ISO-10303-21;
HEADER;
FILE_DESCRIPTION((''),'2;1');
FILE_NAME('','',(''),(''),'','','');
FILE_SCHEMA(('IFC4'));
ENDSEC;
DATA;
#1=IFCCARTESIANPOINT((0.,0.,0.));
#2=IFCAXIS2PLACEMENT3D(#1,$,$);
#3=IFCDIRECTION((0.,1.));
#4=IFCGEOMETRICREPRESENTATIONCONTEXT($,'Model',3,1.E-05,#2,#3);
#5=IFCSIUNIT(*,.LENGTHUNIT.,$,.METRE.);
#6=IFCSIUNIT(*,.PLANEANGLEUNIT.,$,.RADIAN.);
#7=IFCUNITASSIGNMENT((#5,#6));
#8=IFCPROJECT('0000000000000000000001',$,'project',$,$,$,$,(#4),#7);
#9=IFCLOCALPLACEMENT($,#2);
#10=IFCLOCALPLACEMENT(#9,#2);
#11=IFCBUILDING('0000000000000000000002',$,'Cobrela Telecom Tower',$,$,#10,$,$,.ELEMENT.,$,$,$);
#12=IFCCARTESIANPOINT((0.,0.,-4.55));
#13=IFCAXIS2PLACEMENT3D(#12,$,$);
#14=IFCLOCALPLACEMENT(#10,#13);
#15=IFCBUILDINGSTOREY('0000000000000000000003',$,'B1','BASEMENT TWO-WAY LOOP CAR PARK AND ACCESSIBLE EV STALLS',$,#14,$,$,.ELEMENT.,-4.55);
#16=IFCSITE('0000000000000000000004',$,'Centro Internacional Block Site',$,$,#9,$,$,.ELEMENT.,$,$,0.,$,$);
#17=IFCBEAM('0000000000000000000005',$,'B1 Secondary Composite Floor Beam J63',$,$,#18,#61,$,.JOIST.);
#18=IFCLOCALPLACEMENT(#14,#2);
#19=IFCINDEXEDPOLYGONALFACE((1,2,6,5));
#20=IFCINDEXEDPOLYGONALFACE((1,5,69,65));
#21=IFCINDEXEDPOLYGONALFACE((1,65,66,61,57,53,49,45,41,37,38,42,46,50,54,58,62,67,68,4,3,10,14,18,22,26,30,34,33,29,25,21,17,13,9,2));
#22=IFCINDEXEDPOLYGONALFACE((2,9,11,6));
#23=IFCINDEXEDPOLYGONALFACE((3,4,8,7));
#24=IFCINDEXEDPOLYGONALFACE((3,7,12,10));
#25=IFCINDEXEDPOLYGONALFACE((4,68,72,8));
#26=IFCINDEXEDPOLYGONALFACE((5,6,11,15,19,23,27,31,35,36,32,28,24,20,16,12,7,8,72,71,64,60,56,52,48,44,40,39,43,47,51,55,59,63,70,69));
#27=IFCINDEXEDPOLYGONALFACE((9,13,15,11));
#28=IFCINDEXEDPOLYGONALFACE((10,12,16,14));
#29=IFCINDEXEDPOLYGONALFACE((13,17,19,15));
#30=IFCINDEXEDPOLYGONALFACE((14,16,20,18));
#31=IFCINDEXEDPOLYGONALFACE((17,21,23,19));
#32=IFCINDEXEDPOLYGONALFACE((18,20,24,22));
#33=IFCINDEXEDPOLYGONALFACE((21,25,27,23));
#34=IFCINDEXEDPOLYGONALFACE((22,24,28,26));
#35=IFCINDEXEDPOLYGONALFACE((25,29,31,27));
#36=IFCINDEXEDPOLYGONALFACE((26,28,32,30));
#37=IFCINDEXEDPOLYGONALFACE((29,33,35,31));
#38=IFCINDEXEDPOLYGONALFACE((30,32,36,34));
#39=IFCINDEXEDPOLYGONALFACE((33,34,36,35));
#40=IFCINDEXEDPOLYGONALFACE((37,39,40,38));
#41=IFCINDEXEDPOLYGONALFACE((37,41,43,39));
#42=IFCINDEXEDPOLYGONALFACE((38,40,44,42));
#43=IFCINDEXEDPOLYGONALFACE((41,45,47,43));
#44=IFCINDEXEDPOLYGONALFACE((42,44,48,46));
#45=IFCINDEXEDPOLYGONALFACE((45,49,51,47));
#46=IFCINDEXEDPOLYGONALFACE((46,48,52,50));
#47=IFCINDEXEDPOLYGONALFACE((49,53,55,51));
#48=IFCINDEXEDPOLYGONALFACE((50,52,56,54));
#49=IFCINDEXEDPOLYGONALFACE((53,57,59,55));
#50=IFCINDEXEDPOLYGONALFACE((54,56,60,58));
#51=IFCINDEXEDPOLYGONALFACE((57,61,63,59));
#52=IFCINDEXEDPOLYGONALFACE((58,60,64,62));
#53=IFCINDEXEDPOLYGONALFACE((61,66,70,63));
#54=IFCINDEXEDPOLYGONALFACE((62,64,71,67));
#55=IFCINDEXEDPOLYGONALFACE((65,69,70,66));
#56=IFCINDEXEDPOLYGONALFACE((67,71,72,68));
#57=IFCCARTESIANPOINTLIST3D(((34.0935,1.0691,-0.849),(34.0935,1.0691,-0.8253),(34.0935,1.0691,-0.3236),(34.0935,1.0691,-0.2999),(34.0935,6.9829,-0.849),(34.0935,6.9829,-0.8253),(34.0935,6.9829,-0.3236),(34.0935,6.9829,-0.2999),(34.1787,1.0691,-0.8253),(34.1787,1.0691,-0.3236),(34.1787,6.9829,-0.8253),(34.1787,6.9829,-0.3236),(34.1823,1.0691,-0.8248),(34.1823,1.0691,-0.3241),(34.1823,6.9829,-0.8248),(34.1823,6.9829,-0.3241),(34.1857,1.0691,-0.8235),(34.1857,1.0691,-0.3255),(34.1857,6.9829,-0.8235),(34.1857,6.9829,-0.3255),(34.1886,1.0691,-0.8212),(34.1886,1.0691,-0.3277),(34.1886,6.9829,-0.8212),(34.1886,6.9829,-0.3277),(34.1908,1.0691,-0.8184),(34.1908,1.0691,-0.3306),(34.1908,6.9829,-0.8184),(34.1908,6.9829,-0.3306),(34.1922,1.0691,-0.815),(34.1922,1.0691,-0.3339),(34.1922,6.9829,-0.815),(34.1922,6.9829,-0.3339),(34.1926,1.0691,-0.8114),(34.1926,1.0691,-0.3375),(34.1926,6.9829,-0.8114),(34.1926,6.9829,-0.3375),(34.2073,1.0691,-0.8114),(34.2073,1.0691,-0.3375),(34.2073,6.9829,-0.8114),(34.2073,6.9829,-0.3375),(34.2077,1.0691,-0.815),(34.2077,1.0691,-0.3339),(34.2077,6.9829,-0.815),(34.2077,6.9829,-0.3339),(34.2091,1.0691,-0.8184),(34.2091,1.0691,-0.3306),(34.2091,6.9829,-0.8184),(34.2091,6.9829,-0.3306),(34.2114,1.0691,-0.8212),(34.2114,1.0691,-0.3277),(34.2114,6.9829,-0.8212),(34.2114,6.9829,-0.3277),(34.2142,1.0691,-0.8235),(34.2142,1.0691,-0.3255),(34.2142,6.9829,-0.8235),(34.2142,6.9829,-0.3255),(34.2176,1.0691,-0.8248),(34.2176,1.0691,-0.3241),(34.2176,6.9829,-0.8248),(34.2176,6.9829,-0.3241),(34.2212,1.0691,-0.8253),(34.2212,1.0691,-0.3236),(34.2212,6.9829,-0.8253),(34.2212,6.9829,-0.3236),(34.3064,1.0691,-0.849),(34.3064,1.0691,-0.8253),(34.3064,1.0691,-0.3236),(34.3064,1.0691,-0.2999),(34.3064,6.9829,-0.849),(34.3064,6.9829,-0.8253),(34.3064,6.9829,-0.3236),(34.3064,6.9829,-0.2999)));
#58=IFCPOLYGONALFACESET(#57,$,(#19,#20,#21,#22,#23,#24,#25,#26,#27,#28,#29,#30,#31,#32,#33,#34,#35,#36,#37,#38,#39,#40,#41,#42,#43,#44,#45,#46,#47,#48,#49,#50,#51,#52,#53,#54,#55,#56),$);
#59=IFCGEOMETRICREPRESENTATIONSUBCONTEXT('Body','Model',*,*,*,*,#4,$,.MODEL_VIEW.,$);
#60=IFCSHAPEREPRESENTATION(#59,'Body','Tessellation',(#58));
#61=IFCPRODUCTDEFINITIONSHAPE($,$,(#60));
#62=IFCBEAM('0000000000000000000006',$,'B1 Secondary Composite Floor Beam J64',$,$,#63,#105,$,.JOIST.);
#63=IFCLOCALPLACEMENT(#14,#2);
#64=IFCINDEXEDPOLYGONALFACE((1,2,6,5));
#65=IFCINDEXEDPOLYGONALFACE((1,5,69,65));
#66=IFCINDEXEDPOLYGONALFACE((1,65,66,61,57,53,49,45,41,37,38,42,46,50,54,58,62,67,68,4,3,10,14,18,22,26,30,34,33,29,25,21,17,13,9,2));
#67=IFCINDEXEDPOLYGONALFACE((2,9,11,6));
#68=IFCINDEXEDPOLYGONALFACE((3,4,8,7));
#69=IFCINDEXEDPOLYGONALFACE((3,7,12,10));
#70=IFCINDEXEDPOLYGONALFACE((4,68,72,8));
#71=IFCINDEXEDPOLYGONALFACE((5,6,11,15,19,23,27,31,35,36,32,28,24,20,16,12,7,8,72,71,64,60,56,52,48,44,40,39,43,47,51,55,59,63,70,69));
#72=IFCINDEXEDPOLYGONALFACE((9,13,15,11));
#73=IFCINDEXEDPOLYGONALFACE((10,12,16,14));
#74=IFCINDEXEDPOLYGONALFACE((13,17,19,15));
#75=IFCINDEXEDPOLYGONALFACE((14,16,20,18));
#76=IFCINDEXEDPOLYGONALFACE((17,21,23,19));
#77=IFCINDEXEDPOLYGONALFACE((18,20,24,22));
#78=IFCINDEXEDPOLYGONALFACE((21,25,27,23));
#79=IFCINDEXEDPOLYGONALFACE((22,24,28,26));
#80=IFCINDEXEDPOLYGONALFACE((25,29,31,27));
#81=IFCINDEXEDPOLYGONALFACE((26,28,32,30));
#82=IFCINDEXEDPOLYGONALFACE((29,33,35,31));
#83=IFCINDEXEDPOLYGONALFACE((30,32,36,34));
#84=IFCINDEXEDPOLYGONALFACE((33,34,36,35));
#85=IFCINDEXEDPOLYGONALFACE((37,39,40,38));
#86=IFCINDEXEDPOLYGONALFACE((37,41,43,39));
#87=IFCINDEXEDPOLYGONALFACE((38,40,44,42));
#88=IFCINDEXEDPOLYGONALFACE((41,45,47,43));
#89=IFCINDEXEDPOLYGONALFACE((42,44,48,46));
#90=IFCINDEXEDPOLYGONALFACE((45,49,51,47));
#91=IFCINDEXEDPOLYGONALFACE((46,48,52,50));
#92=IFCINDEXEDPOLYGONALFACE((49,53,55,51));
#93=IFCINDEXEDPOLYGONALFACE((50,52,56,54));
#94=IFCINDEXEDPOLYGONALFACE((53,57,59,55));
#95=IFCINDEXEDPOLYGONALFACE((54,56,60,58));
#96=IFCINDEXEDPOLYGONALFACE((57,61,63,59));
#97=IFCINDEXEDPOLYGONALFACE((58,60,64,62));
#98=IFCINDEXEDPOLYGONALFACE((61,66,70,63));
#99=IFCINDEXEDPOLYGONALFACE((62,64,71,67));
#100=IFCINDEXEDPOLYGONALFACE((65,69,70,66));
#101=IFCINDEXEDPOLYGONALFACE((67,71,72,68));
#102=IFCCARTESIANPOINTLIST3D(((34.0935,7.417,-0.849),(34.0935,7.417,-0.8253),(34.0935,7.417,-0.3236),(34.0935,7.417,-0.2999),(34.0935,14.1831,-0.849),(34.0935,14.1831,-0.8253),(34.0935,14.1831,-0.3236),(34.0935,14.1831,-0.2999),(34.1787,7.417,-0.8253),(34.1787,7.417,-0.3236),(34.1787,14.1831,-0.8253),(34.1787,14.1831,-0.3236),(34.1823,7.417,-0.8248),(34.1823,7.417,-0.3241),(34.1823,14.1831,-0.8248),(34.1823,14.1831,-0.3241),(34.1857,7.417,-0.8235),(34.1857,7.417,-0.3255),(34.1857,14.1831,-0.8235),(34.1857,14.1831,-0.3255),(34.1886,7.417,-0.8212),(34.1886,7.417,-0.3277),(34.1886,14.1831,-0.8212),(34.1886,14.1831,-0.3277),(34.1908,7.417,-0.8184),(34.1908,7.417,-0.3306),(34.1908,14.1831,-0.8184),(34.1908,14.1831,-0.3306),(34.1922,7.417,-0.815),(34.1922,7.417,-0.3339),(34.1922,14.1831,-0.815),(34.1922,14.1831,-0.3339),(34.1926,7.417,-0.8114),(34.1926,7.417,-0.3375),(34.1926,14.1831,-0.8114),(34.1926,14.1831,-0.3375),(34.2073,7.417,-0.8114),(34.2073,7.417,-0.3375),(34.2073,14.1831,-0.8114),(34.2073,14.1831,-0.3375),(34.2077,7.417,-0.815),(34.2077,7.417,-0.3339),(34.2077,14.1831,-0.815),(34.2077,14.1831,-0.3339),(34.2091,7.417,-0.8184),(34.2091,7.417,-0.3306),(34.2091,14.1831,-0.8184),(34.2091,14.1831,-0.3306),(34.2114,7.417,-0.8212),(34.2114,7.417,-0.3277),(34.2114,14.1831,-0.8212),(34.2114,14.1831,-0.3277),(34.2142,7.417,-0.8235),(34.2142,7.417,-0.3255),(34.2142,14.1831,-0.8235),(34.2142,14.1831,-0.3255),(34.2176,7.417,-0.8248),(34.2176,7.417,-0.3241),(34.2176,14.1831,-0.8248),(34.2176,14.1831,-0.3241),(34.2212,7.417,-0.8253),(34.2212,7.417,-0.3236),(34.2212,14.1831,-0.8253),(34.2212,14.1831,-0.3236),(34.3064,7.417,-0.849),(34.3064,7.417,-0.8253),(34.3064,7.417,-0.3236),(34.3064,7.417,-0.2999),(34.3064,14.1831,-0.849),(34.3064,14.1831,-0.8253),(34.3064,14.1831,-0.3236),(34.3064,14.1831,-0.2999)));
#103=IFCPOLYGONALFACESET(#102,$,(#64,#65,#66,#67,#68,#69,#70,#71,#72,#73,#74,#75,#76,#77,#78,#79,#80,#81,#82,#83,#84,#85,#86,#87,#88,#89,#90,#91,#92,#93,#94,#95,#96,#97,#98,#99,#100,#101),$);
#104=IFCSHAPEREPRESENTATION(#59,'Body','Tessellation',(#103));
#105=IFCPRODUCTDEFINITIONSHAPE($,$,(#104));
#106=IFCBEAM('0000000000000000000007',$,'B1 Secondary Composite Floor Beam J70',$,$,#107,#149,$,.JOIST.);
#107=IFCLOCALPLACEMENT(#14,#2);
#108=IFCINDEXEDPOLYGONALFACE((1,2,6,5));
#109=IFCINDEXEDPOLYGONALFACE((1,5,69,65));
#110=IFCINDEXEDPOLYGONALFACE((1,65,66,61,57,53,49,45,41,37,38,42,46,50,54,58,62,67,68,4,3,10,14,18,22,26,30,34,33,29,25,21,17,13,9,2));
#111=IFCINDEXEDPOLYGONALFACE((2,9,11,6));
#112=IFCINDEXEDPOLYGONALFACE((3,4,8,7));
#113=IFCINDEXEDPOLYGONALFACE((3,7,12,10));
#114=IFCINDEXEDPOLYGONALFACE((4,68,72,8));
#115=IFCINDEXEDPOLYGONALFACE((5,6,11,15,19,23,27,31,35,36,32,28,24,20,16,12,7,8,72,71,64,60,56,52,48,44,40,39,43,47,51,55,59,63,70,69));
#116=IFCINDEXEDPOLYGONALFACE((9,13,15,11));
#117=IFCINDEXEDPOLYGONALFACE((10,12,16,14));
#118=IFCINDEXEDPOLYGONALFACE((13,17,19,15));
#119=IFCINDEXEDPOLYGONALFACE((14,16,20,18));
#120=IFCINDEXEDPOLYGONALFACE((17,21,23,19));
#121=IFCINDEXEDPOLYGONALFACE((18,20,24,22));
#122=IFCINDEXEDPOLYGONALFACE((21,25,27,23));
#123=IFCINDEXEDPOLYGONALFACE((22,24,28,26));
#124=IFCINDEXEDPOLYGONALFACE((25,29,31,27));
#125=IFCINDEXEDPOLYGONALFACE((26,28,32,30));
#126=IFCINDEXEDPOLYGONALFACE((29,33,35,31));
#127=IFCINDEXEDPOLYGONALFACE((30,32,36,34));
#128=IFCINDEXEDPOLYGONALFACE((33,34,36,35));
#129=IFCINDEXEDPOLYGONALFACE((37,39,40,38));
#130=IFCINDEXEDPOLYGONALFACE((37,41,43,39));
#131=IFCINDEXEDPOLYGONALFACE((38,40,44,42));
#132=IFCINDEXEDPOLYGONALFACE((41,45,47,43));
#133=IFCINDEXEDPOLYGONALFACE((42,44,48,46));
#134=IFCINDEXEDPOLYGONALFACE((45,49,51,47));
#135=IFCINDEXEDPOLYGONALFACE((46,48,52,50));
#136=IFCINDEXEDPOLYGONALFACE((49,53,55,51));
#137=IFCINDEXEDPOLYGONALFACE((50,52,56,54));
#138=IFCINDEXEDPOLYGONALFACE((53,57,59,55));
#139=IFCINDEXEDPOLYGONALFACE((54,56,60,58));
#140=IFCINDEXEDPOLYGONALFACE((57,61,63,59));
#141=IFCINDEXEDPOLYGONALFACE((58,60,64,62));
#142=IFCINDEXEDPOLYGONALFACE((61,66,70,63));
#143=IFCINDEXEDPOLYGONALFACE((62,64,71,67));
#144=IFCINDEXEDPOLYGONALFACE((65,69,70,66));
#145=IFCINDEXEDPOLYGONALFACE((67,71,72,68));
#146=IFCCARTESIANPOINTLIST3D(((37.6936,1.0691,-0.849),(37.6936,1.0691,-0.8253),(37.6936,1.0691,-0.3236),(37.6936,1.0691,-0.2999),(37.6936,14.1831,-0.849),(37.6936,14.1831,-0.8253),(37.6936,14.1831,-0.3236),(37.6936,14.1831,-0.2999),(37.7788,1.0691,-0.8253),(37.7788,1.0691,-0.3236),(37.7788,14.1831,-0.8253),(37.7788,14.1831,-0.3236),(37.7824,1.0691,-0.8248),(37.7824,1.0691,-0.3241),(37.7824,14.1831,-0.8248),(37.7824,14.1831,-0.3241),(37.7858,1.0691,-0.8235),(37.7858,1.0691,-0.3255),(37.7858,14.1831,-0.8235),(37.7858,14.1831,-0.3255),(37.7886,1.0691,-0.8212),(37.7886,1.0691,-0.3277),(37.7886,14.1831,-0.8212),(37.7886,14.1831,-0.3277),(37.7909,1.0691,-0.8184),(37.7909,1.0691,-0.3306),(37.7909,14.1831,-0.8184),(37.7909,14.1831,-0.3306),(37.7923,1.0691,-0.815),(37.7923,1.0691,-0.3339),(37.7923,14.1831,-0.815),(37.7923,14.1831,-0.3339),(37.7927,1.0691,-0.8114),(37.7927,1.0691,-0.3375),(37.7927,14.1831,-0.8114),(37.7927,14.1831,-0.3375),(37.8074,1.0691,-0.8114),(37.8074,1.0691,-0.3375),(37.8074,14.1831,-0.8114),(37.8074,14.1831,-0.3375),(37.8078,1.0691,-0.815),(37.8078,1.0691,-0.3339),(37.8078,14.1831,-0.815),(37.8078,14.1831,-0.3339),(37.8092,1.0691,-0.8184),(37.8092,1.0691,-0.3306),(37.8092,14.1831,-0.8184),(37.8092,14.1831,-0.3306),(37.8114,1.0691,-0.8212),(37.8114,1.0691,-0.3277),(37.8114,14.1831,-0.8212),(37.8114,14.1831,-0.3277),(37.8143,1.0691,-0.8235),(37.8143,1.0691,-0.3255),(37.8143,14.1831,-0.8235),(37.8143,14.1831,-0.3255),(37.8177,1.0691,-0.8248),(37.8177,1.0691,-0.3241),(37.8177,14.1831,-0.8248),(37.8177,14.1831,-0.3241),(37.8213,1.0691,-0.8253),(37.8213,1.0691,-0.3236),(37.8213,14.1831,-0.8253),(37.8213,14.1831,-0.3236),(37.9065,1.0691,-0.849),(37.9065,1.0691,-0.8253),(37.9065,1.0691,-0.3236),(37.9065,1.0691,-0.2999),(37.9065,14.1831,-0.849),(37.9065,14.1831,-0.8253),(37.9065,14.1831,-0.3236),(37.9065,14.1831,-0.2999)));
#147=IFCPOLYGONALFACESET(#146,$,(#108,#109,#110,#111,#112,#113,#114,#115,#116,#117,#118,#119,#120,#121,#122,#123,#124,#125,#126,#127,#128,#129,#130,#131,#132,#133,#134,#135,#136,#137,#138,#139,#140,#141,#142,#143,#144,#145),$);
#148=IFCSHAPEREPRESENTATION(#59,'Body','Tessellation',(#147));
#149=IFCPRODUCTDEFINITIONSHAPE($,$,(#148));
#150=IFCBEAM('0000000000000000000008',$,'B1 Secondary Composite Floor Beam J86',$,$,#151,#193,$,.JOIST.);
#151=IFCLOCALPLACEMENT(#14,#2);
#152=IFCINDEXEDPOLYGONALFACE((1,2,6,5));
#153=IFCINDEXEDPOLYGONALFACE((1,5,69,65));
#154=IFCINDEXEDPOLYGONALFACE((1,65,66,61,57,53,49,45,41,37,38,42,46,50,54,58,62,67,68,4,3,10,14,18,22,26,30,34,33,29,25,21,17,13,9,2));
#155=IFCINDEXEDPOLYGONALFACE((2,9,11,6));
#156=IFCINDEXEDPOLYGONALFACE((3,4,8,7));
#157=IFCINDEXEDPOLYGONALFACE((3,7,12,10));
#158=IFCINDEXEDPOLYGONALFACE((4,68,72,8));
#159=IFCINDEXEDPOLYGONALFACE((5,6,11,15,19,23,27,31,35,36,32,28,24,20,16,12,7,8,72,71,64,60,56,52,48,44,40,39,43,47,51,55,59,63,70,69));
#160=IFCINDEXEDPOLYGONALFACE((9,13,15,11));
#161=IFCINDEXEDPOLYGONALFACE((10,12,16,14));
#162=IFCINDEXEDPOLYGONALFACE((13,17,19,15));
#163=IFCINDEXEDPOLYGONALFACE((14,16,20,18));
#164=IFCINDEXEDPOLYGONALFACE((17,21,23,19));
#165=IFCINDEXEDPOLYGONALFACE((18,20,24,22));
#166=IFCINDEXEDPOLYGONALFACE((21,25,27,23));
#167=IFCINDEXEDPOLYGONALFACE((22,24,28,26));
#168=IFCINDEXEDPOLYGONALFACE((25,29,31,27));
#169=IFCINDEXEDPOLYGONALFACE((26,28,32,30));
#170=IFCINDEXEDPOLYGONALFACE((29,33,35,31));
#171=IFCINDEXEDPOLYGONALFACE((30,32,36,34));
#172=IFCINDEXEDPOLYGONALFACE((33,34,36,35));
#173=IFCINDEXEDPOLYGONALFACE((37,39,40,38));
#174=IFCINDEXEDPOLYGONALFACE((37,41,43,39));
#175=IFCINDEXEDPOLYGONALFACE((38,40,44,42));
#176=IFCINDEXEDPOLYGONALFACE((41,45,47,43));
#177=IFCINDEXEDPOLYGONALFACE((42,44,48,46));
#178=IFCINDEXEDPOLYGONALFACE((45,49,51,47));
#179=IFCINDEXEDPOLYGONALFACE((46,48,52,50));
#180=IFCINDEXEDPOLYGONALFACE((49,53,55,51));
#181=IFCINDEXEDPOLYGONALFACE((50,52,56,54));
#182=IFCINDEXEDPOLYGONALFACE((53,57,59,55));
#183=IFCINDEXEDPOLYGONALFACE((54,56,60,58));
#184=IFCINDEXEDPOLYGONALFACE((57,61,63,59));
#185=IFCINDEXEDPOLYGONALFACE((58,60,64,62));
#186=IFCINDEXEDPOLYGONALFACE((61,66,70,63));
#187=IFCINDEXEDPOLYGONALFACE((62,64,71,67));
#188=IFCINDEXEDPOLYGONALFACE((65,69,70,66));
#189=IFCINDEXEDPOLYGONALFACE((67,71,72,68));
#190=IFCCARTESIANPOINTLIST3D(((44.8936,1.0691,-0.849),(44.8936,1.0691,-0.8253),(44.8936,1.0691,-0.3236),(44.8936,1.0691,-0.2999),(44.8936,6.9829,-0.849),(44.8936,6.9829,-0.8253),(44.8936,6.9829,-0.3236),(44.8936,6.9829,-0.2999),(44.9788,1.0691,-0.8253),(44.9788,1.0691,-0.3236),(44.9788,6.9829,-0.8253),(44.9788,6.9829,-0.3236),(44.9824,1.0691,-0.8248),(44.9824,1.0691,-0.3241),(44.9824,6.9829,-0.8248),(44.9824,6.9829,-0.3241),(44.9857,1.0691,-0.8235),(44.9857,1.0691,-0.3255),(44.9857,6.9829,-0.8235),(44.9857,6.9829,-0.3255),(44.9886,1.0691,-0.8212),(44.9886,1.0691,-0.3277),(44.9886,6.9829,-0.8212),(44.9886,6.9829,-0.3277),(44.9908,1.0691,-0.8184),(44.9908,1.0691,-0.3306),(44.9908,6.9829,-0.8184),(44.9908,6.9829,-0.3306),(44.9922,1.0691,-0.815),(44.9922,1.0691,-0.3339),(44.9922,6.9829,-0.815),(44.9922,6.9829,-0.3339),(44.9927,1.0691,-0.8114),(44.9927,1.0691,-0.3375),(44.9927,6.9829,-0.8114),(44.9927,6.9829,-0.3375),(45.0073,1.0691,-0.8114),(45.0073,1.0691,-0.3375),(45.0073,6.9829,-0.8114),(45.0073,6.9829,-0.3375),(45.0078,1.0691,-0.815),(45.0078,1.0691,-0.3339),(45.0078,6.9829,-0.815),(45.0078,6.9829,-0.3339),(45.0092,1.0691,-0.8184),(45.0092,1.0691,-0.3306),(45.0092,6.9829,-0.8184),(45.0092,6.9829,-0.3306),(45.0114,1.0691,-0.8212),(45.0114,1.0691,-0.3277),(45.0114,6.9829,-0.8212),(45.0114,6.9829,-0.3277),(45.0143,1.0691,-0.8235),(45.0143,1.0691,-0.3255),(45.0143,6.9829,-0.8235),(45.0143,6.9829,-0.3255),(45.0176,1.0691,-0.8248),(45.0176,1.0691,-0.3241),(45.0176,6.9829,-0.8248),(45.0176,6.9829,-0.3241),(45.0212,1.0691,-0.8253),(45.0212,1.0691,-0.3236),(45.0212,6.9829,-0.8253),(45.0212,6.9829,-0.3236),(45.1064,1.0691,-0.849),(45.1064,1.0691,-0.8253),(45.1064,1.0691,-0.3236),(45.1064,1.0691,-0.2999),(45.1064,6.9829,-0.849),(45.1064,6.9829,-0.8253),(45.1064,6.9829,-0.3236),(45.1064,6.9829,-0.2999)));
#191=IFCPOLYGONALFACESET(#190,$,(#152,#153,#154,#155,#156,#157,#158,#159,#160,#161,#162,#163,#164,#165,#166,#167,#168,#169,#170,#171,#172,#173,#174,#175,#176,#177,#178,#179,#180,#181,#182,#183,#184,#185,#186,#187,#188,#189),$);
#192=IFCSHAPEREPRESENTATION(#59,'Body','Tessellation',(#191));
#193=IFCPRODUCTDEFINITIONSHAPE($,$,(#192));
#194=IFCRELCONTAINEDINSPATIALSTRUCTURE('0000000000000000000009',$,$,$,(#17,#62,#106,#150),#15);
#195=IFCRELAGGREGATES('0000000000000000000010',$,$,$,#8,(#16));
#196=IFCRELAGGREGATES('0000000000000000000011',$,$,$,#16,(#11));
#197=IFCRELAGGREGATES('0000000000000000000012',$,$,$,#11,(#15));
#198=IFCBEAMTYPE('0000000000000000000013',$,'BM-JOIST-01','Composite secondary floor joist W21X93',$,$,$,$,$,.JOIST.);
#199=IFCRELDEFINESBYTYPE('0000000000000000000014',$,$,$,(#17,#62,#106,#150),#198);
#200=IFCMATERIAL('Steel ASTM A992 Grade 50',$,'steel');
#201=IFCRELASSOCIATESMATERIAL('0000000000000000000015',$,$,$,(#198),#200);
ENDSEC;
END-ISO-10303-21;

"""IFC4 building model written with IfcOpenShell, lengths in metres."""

from ifc_helpers import new_model, si_unit, direction, frame, origin, origin_2d, place, context, subcontext, project, spatial, i_section, extrude, material, material_profile, profile_set, type_object, element, save


model = new_model("IFC4")

# Units and contexts
model_context = context("Model", 3, precision=1e-05, world=origin(), true_north=direction((0.0, 1.0)))
body_context = subcontext(model_context, "Body", "Model", "MODEL_VIEW")
ifc_project = project(units=[si_unit("LENGTHUNIT", "METRE"), si_unit("PLANEANGLEUNIT", "RADIAN")], contexts=[model_context])

# Site, building, storey
site_placement = place(None, origin())
site = spatial("IfcSite", under=ifc_project, at=site_placement, Name="Centro Internacional Block Site", CompositionType="ELEMENT", RefElevation=0.0)
building_placement = place(site_placement, origin())
building = spatial("IfcBuilding", under=site, at=building_placement, Name="Cobrela Telecom Tower", CompositionType="ELEMENT")
storey_placement = place(building_placement, frame((0.0, 0.0, -4.55)))
storey = spatial("IfcBuildingStorey", under=building, at=storey_placement, Name="B1", Description="BASEMENT TWO-WAY LOOP CAR PARK AND ACCESSIBLE EV STALLS", CompositionType="ELEMENT", Elevation=-4.55)

# Beams
ifc_material_1 = material(Name="Steel ASTM A992 Grade 50", Category="steel")
ifc_material_profile_1 = material_profile(ifc_material_1, i_section(OverallWidth=0.2129, OverallDepth=0.5491, WebThickness=0.0146, FlangeThickness=0.0237, FilletRadius=0.0139, at=origin_2d()), Name="W21X93")
ifc_profile_set_1 = profile_set([ifc_material_profile_1], Name="Steel ASTM A992 Grade 50")
beam_type_1 = type_object("IfcBeamType", Name="BM-JOIST-01", Description="Composite secondary floor joist W21X93", PredefinedType="JOIST", material=ifc_profile_set_1)
beam_1_placement = place(storey_placement, frame((34.2, 1.0691, -0.5745), z_axis=(0.0, 1.0, 0.0), x_axis=(-1.0, 0.0, 0.0)))
element("IfcBeam", 1, at=beam_1_placement, inside=storey, type_object=beam_type_1, Name="B1 Secondary Composite Floor Beam J63", PredefinedType="JOIST", context=body_context, shape_type="SweptSolid", body=[
    extrude(i_section(OverallWidth=0.2129, OverallDepth=0.5491, WebThickness=0.0146, FlangeThickness=0.0237, FilletRadius=0.0139, at=origin_2d()), origin(), (0.0, 0.0, 1.0), 5.9138),
])
beam_2_placement = place(storey_placement, frame((34.2, 7.417, -0.5745), z_axis=(0.0, 1.0, 0.0), x_axis=(-1.0, 0.0, 0.0)))
element("IfcBeam", 2, at=beam_2_placement, inside=storey, type_object=beam_type_1, Name="B1 Secondary Composite Floor Beam J64", PredefinedType="JOIST", context=body_context, shape_type="SweptSolid", body=[
    extrude(i_section(OverallWidth=0.2129, OverallDepth=0.5491, WebThickness=0.0146, FlangeThickness=0.0237, FilletRadius=0.0139, at=origin_2d()), origin(), (0.0, 0.0, 1.0), 6.7661),
])
beam_3_placement = place(storey_placement, frame((37.8, 1.0691, -0.5745), z_axis=(0.0, 1.0, 0.0), x_axis=(-1.0, 0.0, 0.0)))
element("IfcBeam", 3, at=beam_3_placement, inside=storey, type_object=beam_type_1, Name="B1 Secondary Composite Floor Beam J70", PredefinedType="JOIST", context=body_context, shape_type="SweptSolid", body=[
    extrude(i_section(OverallWidth=0.2129, OverallDepth=0.5491, WebThickness=0.0146, FlangeThickness=0.0237, FilletRadius=0.0139, at=origin_2d()), origin(), (0.0, 0.0, 1.0), 13.114),
])
beam_4_placement = place(storey_placement, frame((45.0, 1.0691, -0.5745), z_axis=(0.0, 1.0, 0.0), x_axis=(-1.0, 0.0, 0.0)))
element("IfcBeam", 4, at=beam_4_placement, inside=storey, type_object=beam_type_1, Name="B1 Secondary Composite Floor Beam J86", PredefinedType="JOIST", context=body_context, shape_type="SweptSolid", body=[
    extrude(i_section(OverallWidth=0.2129, OverallDepth=0.5491, WebThickness=0.0146, FlangeThickness=0.0237, FilletRadius=0.0139, at=origin_2d()), origin(), (0.0, 0.0, 1.0), 5.9138),
])

save(model, "model.ifc")
